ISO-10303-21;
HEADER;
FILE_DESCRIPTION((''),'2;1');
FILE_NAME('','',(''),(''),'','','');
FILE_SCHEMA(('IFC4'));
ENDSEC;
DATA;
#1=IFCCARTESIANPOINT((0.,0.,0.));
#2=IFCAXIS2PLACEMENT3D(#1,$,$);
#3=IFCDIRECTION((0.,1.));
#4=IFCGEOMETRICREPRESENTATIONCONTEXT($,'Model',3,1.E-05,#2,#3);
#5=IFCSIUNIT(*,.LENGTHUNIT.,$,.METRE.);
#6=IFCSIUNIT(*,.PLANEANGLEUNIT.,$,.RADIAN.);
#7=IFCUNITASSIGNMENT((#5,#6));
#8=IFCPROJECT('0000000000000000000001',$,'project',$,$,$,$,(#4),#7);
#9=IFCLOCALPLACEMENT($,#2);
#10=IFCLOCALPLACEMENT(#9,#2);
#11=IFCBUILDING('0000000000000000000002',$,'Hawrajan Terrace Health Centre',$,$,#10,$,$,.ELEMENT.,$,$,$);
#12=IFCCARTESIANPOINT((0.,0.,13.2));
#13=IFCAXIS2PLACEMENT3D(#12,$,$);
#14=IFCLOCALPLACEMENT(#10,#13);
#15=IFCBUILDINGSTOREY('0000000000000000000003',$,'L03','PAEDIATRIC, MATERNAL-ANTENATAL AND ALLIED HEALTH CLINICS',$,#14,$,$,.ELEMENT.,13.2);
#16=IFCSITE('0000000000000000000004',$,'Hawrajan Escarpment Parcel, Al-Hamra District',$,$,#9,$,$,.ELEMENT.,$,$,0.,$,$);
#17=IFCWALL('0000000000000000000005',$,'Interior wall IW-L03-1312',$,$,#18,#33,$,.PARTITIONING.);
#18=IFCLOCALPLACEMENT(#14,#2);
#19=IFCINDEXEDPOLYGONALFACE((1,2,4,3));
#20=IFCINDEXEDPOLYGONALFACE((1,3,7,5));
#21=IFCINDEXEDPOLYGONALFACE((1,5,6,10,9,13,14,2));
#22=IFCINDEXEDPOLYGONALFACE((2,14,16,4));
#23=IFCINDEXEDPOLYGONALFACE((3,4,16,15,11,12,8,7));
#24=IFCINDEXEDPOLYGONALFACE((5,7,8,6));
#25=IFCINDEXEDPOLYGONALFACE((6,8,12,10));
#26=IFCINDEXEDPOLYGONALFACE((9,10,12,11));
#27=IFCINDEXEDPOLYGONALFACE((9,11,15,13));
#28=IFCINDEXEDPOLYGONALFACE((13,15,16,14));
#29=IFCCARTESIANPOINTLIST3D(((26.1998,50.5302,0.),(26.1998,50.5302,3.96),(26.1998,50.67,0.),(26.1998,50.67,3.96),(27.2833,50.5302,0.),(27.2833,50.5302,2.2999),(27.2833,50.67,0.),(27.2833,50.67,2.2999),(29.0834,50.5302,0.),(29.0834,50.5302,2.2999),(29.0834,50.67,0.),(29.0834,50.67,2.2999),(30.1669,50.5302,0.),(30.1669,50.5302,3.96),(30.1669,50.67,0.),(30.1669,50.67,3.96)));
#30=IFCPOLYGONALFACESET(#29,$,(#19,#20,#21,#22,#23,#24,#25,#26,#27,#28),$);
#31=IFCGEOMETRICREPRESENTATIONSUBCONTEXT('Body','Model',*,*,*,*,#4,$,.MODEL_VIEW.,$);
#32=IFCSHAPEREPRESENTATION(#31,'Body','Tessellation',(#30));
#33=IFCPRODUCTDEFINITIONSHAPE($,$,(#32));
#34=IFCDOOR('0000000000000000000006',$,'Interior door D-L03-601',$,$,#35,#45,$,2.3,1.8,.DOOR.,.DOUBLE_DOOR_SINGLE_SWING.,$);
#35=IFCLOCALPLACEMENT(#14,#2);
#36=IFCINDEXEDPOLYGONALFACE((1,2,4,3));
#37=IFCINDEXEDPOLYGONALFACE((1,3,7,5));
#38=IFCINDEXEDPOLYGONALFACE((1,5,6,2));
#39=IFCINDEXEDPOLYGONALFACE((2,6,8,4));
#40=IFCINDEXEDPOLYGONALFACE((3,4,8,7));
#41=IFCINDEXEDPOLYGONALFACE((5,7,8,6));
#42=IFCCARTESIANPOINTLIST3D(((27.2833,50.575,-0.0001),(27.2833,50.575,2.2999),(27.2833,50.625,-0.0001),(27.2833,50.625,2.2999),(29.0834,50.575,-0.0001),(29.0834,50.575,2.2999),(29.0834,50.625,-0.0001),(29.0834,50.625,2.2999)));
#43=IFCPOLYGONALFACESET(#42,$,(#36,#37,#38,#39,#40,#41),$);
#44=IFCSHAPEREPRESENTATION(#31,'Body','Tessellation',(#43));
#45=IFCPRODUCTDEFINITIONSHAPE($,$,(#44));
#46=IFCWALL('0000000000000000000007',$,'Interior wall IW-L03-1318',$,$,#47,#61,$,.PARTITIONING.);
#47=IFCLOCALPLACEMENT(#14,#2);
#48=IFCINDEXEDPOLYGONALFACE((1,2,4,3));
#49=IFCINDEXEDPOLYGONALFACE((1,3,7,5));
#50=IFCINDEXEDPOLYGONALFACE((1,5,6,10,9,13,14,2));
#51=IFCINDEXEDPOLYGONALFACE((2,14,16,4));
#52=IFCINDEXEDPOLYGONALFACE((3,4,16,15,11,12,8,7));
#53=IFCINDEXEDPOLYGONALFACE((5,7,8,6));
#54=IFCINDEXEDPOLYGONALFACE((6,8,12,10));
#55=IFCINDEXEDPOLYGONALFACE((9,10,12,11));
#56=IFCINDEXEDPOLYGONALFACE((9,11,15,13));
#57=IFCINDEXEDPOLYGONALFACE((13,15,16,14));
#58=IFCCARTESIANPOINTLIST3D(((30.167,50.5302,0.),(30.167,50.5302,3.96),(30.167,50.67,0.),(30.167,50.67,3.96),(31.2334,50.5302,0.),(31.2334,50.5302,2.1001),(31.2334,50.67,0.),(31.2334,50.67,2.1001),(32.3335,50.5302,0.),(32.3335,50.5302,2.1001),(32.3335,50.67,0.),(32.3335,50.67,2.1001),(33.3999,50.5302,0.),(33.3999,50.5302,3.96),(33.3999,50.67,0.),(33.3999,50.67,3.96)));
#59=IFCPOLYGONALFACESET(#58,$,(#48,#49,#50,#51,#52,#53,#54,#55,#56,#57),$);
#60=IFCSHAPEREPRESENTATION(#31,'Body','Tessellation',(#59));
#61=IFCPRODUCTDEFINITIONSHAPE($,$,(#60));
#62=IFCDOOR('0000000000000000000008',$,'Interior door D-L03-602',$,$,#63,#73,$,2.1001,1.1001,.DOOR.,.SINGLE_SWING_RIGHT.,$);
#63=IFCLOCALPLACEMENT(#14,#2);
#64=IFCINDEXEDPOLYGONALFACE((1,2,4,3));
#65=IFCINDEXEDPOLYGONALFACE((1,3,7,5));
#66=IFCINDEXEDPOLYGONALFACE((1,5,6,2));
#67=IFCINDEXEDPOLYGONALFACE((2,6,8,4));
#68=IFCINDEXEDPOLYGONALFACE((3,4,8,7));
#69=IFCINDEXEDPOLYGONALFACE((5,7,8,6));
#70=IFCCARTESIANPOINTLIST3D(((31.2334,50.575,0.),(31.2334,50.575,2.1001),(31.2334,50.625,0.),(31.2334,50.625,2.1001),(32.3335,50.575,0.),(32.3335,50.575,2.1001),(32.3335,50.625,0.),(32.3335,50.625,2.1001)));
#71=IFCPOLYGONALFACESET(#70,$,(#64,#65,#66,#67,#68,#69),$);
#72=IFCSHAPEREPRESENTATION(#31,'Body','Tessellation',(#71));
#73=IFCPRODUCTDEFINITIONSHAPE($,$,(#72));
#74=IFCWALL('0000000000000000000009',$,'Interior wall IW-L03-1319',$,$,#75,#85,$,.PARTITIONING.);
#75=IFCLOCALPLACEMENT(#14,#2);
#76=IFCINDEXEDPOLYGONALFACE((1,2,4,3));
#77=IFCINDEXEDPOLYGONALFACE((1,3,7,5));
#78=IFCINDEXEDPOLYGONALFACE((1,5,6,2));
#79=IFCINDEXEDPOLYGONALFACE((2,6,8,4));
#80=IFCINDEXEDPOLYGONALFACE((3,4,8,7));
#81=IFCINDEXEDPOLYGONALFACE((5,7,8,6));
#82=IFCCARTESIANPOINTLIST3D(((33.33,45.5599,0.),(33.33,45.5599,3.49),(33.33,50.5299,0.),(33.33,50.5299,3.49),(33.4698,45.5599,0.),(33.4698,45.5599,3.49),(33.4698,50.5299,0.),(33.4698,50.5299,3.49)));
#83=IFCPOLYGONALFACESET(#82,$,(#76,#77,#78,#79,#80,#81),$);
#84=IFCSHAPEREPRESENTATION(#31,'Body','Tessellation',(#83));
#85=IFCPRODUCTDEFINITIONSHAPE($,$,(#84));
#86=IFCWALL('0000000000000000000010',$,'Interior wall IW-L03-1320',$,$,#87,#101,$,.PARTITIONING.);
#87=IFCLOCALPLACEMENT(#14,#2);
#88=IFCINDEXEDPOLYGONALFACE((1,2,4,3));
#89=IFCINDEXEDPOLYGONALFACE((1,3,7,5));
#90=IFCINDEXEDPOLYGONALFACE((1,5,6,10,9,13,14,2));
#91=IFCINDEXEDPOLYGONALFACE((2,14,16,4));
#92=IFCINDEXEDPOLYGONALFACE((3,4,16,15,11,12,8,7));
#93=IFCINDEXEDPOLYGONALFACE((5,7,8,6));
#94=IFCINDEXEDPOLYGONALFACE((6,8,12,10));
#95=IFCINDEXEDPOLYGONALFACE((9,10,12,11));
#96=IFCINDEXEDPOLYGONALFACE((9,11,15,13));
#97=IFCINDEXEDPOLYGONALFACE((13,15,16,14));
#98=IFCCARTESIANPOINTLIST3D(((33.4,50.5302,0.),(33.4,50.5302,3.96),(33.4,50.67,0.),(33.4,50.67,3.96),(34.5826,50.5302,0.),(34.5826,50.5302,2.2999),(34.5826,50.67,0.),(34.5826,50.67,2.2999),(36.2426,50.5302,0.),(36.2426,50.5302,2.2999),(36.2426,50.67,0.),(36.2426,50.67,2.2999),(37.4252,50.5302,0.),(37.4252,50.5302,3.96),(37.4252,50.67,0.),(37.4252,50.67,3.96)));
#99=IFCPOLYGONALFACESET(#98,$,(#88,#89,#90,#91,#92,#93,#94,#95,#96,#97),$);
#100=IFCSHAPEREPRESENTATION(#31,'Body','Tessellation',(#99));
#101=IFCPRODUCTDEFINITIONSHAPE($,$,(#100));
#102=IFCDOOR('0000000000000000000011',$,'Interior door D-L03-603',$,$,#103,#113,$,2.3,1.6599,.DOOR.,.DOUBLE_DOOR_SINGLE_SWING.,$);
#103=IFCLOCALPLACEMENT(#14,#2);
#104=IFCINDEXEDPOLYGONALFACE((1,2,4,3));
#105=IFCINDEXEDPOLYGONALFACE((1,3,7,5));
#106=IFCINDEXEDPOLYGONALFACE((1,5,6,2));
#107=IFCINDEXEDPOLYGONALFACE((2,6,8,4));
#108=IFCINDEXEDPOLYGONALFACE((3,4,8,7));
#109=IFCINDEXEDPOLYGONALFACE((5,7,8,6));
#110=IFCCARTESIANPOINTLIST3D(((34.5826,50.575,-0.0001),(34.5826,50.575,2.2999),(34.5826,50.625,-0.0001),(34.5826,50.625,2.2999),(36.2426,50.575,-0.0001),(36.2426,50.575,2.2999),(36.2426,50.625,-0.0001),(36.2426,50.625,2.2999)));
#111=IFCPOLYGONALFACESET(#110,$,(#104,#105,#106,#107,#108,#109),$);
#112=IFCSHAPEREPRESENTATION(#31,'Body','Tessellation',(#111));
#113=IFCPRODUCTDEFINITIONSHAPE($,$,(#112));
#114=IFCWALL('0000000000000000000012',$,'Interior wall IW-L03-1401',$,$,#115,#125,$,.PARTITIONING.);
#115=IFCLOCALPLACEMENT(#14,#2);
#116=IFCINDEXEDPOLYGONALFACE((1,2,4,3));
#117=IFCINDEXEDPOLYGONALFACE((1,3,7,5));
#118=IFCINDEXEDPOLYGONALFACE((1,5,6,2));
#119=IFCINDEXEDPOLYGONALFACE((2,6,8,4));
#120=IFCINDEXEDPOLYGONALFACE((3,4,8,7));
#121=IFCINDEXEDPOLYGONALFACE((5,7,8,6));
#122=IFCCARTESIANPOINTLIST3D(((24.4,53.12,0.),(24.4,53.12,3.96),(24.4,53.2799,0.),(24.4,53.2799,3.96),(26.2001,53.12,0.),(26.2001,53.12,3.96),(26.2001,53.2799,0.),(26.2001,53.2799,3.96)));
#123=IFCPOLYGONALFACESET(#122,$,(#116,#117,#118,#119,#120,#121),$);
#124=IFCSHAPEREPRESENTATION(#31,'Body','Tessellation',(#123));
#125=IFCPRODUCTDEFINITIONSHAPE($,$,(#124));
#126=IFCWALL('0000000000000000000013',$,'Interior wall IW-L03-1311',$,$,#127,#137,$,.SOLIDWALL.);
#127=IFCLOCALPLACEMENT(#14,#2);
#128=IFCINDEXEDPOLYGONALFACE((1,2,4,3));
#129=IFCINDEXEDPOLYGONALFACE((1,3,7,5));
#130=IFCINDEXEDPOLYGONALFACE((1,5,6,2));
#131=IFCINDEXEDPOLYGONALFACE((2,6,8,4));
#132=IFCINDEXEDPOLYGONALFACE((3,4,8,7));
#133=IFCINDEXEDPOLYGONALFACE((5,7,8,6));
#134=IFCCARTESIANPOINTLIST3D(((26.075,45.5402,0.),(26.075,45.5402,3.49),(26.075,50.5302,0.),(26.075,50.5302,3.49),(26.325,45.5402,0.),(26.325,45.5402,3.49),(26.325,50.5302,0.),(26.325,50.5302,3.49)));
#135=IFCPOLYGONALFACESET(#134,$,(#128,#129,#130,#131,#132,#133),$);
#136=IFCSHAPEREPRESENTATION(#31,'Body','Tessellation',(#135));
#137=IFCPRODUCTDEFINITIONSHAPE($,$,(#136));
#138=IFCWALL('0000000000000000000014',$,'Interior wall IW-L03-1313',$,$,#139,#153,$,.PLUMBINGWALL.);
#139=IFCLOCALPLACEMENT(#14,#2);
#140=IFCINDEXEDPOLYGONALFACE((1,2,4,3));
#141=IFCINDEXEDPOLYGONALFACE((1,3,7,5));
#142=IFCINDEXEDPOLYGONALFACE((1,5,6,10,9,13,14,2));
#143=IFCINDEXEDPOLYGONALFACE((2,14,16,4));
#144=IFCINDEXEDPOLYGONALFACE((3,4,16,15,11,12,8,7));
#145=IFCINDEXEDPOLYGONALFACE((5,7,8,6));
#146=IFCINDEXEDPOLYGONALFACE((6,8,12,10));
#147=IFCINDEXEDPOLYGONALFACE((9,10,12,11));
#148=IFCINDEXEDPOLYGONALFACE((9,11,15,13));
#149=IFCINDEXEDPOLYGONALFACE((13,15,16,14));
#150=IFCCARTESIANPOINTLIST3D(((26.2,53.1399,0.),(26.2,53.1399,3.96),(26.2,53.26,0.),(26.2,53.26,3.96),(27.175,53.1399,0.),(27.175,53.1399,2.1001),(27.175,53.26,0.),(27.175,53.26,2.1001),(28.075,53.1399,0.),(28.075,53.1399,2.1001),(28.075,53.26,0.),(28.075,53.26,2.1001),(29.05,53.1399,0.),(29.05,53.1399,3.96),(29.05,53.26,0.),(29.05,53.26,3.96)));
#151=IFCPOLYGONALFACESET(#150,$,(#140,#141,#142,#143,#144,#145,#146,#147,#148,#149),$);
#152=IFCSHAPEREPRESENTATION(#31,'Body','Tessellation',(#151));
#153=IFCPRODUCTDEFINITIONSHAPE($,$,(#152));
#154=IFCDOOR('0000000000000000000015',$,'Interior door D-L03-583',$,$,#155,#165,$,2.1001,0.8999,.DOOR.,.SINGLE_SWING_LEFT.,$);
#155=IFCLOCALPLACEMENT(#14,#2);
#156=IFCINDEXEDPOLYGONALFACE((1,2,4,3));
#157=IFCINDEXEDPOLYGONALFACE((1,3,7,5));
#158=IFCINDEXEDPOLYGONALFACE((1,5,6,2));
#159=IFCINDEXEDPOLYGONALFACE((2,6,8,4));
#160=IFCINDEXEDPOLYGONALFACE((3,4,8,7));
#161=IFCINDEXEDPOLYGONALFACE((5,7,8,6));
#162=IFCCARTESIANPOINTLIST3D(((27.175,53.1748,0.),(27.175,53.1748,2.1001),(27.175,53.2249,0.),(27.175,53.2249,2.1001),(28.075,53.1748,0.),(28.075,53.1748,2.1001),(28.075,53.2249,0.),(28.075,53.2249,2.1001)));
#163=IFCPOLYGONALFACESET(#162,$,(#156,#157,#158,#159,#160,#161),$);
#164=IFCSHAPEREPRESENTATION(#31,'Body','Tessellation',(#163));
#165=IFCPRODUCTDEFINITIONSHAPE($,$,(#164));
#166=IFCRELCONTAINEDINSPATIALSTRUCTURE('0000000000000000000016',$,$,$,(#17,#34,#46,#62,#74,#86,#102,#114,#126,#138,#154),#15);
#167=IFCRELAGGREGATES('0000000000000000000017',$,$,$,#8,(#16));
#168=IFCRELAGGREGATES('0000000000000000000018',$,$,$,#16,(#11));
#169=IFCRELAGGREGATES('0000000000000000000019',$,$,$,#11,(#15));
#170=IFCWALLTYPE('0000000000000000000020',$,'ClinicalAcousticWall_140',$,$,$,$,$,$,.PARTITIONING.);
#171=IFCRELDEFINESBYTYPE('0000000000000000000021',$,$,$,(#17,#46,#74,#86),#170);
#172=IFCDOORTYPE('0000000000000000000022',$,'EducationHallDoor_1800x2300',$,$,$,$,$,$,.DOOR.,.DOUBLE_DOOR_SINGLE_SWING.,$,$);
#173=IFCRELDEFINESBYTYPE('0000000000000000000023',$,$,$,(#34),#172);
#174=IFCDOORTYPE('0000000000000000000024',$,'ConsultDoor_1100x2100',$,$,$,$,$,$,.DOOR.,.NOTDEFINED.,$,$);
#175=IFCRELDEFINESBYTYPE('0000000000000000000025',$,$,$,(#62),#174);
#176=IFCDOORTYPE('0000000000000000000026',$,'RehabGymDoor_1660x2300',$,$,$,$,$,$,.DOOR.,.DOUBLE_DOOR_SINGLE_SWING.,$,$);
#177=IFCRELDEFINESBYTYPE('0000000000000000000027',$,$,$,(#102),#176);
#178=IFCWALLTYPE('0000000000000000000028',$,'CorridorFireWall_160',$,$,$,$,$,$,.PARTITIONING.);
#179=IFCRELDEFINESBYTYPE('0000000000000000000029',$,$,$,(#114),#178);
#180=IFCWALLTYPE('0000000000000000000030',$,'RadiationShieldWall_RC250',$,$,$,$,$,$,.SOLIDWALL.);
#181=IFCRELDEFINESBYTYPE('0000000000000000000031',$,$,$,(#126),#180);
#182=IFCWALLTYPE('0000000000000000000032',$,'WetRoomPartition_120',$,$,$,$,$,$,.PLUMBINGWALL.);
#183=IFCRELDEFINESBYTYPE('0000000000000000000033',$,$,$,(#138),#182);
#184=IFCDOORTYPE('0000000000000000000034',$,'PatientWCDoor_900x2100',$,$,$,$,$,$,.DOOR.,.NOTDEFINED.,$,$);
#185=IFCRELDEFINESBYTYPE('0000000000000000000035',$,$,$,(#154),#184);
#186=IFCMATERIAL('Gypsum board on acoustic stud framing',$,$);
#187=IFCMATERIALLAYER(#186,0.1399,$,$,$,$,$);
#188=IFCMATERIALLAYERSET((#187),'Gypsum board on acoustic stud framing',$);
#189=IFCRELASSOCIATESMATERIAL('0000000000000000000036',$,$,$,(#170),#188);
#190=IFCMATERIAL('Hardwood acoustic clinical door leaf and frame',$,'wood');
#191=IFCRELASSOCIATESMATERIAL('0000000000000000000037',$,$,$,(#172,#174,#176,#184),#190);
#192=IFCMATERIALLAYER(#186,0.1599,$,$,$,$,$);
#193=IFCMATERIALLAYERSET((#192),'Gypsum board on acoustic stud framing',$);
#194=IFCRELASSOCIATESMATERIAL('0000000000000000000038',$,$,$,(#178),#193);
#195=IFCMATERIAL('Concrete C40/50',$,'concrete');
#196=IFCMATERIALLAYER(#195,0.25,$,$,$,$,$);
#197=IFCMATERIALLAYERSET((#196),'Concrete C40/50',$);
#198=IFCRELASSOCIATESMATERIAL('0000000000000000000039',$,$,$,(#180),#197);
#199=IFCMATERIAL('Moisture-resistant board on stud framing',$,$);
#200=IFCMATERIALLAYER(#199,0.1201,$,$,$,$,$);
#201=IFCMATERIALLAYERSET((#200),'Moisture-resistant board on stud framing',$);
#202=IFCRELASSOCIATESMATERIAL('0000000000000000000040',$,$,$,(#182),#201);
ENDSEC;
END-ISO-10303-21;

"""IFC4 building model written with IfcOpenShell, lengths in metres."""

from ifc_helpers import new_model, si_unit, direction, frame, frame_2d, origin, place, context, subcontext, project, spatial, rectangle, extrude, material, layer, layer_set, type_object, element, fill, save


model = new_model("IFC4")

# Units and contexts
model_context = context("Model", 3, precision=1e-05, world=origin(), true_north=direction((0.0, 1.0)))
body_context = subcontext(model_context, "Body", "Model", "MODEL_VIEW")
ifc_project = project(units=[si_unit("LENGTHUNIT", "METRE"), si_unit("PLANEANGLEUNIT", "RADIAN")], contexts=[model_context])

# Site, building, storey
site_placement = place(None, origin())
site = spatial("IfcSite", under=ifc_project, at=site_placement, Name="Hawrajan Escarpment Parcel, Al-Hamra District", CompositionType="ELEMENT", RefElevation=0.0)
building_placement = place(site_placement, origin())
building = spatial("IfcBuilding", under=site, at=building_placement, Name="Hawrajan Terrace Health Centre", CompositionType="ELEMENT")
storey_placement = place(building_placement, frame((0.0, 0.0, 13.2)))
storey = spatial("IfcBuildingStorey", under=building, at=storey_placement, Name="L03", Description="PAEDIATRIC, MATERNAL-ANTENATAL AND ALLIED HEALTH CLINICS", CompositionType="ELEMENT", Elevation=13.2)

# Walls, openings, doors
ifc_material_1 = material(Name="Gypsum board on acoustic stud framing")
ifc_layer_1 = layer(ifc_material_1, 0.1399)
ifc_layer_set_1 = layer_set([ifc_layer_1], Name="Gypsum board on acoustic stud framing")
wall_type_1 = type_object("IfcWallType", Name="ClinicalAcousticWall_140", PredefinedType="PARTITIONING", material=ifc_layer_set_1)
wall_1_placement = place(storey_placement, frame((26.2, 50.6001, 0.0), z_axis=(0.0, 0.0, 1.0), x_axis=(1.0, 0.0, 0.0)))
wall_1 = element("IfcWall", 1, at=wall_1_placement, inside=storey, type_object=wall_type_1, Name="Interior wall IW-L03-1312", PredefinedType="PARTITIONING", context=body_context, shape_type="SweptSolid", body=[
    extrude(rectangle(XDim=3.967, YDim=0.1399, at=frame_2d((1.9834, 0.0))), origin(), (0.0, 0.0, 1.0), 3.96),
])
opening_1_placement = place(wall_1_placement, frame((1.0835, 0.0, 0.0)))
opening_1 = element("IfcOpeningElement", 2, at=opening_1_placement, cuts=wall_1, PredefinedType="OPENING", context=body_context, shape_type="SweptSolid", body=[
    extrude(rectangle(XDim=1.8, YDim=2.3, at=frame_2d((0.8999, 1.1499))), frame((0.0, 0.0798, 0.0), z_axis=(0.0, -1.0, 0.0), x_axis=(1.0, 0.0, 0.0)), (0.0, 0.0, 1.0), 0.1599),
])
ifc_material_2 = material(Name="Hardwood acoustic clinical door leaf and frame", Category="wood")
door_type_1 = type_object("IfcDoorType", Name="EducationHallDoor_1800x2300", OperationType="DOUBLE_DOOR_SINGLE_SWING", PredefinedType="DOOR", material=ifc_material_2)
door_1_placement = place(opening_1_placement, origin())
door_1 = element("IfcDoor", 3, at=door_1_placement, inside=storey, type_object=door_type_1, Name="Interior door D-L03-601", OperationType="DOUBLE_DOOR_SINGLE_SWING", OverallHeight=2.3, OverallWidth=1.8, PredefinedType="DOOR", context=body_context, shape_type="SweptSolid", body=[
    extrude(rectangle(XDim=1.8, YDim=2.3, at=frame_2d((0.8999, 1.1499))), frame((0.0, 0.0249, 0.0), z_axis=(0.0, -1.0, 0.0), x_axis=(1.0, 0.0, 0.0)), (0.0, 0.0, 1.0), 0.05),
])
fill(opening_1, door_1)
wall_2_placement = place(storey_placement, frame((30.167, 50.6001, 0.0), z_axis=(0.0, 0.0, 1.0), x_axis=(1.0, 0.0, 0.0)))
wall_2 = element("IfcWall", 4, at=wall_2_placement, inside=storey, type_object=wall_type_1, Name="Interior wall IW-L03-1318", PredefinedType="PARTITIONING", context=body_context, shape_type="SweptSolid", body=[
    extrude(rectangle(XDim=3.2329, YDim=0.1399, at=frame_2d((1.6165, 0.0))), origin(), (0.0, 0.0, 1.0), 3.96),
])
opening_2_placement = place(wall_2_placement, frame((1.0664, 0.0, 0.0)))
opening_2 = element("IfcOpeningElement", 5, at=opening_2_placement, cuts=wall_2, PredefinedType="OPENING", context=body_context, shape_type="SweptSolid", body=[
    extrude(rectangle(XDim=1.1001, YDim=2.1001, at=frame_2d((0.55, 1.05))), frame((0.0, 0.0798, 0.0), z_axis=(0.0, -1.0, 0.0), x_axis=(1.0, 0.0, 0.0)), (0.0, 0.0, 1.0), 0.1599),
])
door_type_2 = type_object("IfcDoorType", Name="ConsultDoor_1100x2100", OperationType="NOTDEFINED", PredefinedType="DOOR", material=ifc_material_2)
door_2_placement = place(opening_2_placement, origin())
door_2 = element("IfcDoor", 6, at=door_2_placement, inside=storey, type_object=door_type_2, Name="Interior door D-L03-602", OperationType="SINGLE_SWING_RIGHT", OverallHeight=2.1001, OverallWidth=1.1001, PredefinedType="DOOR", context=body_context, shape_type="SweptSolid", body=[
    extrude(rectangle(XDim=1.1001, YDim=2.1001, at=frame_2d((0.55, 1.05))), frame((0.0, 0.0249, 0.0), z_axis=(0.0, -1.0, 0.0), x_axis=(1.0, 0.0, 0.0)), (0.0, 0.0, 1.0), 0.05),
])
fill(opening_2, door_2)

# Wall
wall_3_placement = place(storey_placement, frame((33.3999, 45.5601, 0.0), z_axis=(0.0, 0.0, 1.0), x_axis=(0.0, 1.0, 0.0)))
element("IfcWall", 7, at=wall_3_placement, inside=storey, type_object=wall_type_1, Name="Interior wall IW-L03-1319", PredefinedType="PARTITIONING", context=body_context, shape_type="SweptSolid", body=[
    extrude(rectangle(XDim=4.97, YDim=0.1399, at=frame_2d((2.4849, 0.0))), origin(), (0.0, 0.0, 1.0), 3.49),
])

# Wall, opening, door
wall_4_placement = place(storey_placement, frame((33.3999, 50.6001, 0.0), z_axis=(0.0, 0.0, 1.0), x_axis=(1.0, 0.0, 0.0)))
wall_4 = element("IfcWall", 8, at=wall_4_placement, inside=storey, type_object=wall_type_1, Name="Interior wall IW-L03-1320", PredefinedType="PARTITIONING", context=body_context, shape_type="SweptSolid", body=[
    extrude(rectangle(XDim=4.0251, YDim=0.1399, at=frame_2d((2.0127, 0.0))), origin(), (0.0, 0.0, 1.0), 3.96),
])
opening_3_placement = place(wall_4_placement, frame((1.1826, 0.0, 0.0)))
opening_3 = element("IfcOpeningElement", 9, at=opening_3_placement, cuts=wall_4, PredefinedType="OPENING", context=body_context, shape_type="SweptSolid", body=[
    extrude(rectangle(XDim=1.6599, YDim=2.3, at=frame_2d((0.8301, 1.1499))), frame((0.0, 0.0798, 0.0), z_axis=(0.0, -1.0, 0.0), x_axis=(1.0, 0.0, 0.0)), (0.0, 0.0, 1.0), 0.1599),
])
door_type_3 = type_object("IfcDoorType", Name="RehabGymDoor_1660x2300", OperationType="DOUBLE_DOOR_SINGLE_SWING", PredefinedType="DOOR", material=ifc_material_2)
door_3_placement = place(opening_3_placement, origin())
door_3 = element("IfcDoor", 10, at=door_3_placement, inside=storey, type_object=door_type_3, Name="Interior door D-L03-603", OperationType="DOUBLE_DOOR_SINGLE_SWING", OverallHeight=2.3, OverallWidth=1.6599, PredefinedType="DOOR", context=body_context, shape_type="SweptSolid", body=[
    extrude(rectangle(XDim=1.6599, YDim=2.3, at=frame_2d((0.8301, 1.1499))), frame((0.0, 0.0249, 0.0), z_axis=(0.0, -1.0, 0.0), x_axis=(1.0, 0.0, 0.0)), (0.0, 0.0, 1.0), 0.05),
])
fill(opening_3, door_3)

# Walls
ifc_layer_2 = layer(ifc_material_1, 0.1599)
ifc_layer_set_2 = layer_set([ifc_layer_2], Name="Gypsum board on acoustic stud framing")
wall_type_2 = type_object("IfcWallType", Name="CorridorFireWall_160", PredefinedType="PARTITIONING", material=ifc_layer_set_2)
wall_5_placement = place(storey_placement, frame((26.2, 53.2, 0.0), z_axis=(0.0, 0.0, 1.0), x_axis=(-1.0, 0.0, 0.0)))
element("IfcWall", 11, at=wall_5_placement, inside=storey, type_object=wall_type_2, Name="Interior wall IW-L03-1401", PredefinedType="PARTITIONING", context=body_context, shape_type="SweptSolid", body=[
    extrude(rectangle(XDim=1.8, YDim=0.1599, at=frame_2d((0.8999, 0.0))), origin(), (0.0, 0.0, 1.0), 3.96),
])
ifc_material_3 = material(Name="Concrete C40/50", Category="concrete")
ifc_layer_3 = layer(ifc_material_3, 0.25)
ifc_layer_set_3 = layer_set([ifc_layer_3], Name="Concrete C40/50")
wall_type_3 = type_object("IfcWallType", Name="RadiationShieldWall_RC250", PredefinedType="SOLIDWALL", material=ifc_layer_set_3)
wall_6_placement = place(storey_placement, frame((26.2, 45.54, 0.0), z_axis=(0.0, 0.0, 1.0), x_axis=(0.0, 1.0, 0.0)))
element("IfcWall", 12, at=wall_6_placement, inside=storey, type_object=wall_type_3, Name="Interior wall IW-L03-1311", PredefinedType="SOLIDWALL", context=body_context, shape_type="SweptSolid", body=[
    extrude(rectangle(XDim=4.99, YDim=0.25, at=frame_2d((2.4951, 0.0))), origin(), (0.0, 0.0, 1.0), 3.49),
])

# Wall, opening, door
ifc_material_4 = material(Name="Moisture-resistant board on stud framing")
ifc_layer_4 = layer(ifc_material_4, 0.1201)
ifc_layer_set_4 = layer_set([ifc_layer_4], Name="Moisture-resistant board on stud framing")
wall_type_4 = type_object("IfcWallType", Name="WetRoomPartition_120", PredefinedType="PLUMBINGWALL", material=ifc_layer_set_4)
wall_7_placement = place(storey_placement, frame((26.2, 53.2, 0.0), z_axis=(0.0, 0.0, 1.0), x_axis=(1.0, 0.0, 0.0)))
wall_7 = element("IfcWall", 13, at=wall_7_placement, inside=storey, type_object=wall_type_4, Name="Interior wall IW-L03-1313", PredefinedType="PLUMBINGWALL", context=body_context, shape_type="SweptSolid", body=[
    extrude(rectangle(XDim=2.8501, YDim=0.1201, at=frame_2d((1.425, 0.0))), origin(), (0.0, 0.0, 1.0), 3.96),
])
opening_4_placement = place(wall_7_placement, frame((0.9751, 0.0, 0.0)))
opening_4 = element("IfcOpeningElement", 14, at=opening_4_placement, cuts=wall_7, PredefinedType="OPENING", context=body_context, shape_type="SweptSolid", body=[
    extrude(rectangle(XDim=0.8999, YDim=2.1001, at=frame_2d((0.45, 1.05))), frame((0.0, 0.0701, 0.0), z_axis=(0.0, -1.0, 0.0), x_axis=(1.0, 0.0, 0.0)), (0.0, 0.0, 1.0), 0.1401),
])
door_type_4 = type_object("IfcDoorType", Name="PatientWCDoor_900x2100", OperationType="NOTDEFINED", PredefinedType="DOOR", material=ifc_material_2)
door_4_placement = place(opening_4_placement, origin())
door_4 = element("IfcDoor", 15, at=door_4_placement, inside=storey, type_object=door_type_4, Name="Interior door D-L03-583", OperationType="SINGLE_SWING_LEFT", OverallHeight=2.1001, OverallWidth=0.8999, PredefinedType="DOOR", context=body_context, shape_type="SweptSolid", body=[
    extrude(rectangle(XDim=0.8999, YDim=2.1001, at=frame_2d((0.45, 1.05))), frame((0.0, 0.0249, 0.0), z_axis=(0.0, -1.0, 0.0), x_axis=(1.0, 0.0, 0.0)), (0.0, 0.0, 1.0), 0.05),
])
fill(opening_4, door_4)

save(model, "model.ifc")
